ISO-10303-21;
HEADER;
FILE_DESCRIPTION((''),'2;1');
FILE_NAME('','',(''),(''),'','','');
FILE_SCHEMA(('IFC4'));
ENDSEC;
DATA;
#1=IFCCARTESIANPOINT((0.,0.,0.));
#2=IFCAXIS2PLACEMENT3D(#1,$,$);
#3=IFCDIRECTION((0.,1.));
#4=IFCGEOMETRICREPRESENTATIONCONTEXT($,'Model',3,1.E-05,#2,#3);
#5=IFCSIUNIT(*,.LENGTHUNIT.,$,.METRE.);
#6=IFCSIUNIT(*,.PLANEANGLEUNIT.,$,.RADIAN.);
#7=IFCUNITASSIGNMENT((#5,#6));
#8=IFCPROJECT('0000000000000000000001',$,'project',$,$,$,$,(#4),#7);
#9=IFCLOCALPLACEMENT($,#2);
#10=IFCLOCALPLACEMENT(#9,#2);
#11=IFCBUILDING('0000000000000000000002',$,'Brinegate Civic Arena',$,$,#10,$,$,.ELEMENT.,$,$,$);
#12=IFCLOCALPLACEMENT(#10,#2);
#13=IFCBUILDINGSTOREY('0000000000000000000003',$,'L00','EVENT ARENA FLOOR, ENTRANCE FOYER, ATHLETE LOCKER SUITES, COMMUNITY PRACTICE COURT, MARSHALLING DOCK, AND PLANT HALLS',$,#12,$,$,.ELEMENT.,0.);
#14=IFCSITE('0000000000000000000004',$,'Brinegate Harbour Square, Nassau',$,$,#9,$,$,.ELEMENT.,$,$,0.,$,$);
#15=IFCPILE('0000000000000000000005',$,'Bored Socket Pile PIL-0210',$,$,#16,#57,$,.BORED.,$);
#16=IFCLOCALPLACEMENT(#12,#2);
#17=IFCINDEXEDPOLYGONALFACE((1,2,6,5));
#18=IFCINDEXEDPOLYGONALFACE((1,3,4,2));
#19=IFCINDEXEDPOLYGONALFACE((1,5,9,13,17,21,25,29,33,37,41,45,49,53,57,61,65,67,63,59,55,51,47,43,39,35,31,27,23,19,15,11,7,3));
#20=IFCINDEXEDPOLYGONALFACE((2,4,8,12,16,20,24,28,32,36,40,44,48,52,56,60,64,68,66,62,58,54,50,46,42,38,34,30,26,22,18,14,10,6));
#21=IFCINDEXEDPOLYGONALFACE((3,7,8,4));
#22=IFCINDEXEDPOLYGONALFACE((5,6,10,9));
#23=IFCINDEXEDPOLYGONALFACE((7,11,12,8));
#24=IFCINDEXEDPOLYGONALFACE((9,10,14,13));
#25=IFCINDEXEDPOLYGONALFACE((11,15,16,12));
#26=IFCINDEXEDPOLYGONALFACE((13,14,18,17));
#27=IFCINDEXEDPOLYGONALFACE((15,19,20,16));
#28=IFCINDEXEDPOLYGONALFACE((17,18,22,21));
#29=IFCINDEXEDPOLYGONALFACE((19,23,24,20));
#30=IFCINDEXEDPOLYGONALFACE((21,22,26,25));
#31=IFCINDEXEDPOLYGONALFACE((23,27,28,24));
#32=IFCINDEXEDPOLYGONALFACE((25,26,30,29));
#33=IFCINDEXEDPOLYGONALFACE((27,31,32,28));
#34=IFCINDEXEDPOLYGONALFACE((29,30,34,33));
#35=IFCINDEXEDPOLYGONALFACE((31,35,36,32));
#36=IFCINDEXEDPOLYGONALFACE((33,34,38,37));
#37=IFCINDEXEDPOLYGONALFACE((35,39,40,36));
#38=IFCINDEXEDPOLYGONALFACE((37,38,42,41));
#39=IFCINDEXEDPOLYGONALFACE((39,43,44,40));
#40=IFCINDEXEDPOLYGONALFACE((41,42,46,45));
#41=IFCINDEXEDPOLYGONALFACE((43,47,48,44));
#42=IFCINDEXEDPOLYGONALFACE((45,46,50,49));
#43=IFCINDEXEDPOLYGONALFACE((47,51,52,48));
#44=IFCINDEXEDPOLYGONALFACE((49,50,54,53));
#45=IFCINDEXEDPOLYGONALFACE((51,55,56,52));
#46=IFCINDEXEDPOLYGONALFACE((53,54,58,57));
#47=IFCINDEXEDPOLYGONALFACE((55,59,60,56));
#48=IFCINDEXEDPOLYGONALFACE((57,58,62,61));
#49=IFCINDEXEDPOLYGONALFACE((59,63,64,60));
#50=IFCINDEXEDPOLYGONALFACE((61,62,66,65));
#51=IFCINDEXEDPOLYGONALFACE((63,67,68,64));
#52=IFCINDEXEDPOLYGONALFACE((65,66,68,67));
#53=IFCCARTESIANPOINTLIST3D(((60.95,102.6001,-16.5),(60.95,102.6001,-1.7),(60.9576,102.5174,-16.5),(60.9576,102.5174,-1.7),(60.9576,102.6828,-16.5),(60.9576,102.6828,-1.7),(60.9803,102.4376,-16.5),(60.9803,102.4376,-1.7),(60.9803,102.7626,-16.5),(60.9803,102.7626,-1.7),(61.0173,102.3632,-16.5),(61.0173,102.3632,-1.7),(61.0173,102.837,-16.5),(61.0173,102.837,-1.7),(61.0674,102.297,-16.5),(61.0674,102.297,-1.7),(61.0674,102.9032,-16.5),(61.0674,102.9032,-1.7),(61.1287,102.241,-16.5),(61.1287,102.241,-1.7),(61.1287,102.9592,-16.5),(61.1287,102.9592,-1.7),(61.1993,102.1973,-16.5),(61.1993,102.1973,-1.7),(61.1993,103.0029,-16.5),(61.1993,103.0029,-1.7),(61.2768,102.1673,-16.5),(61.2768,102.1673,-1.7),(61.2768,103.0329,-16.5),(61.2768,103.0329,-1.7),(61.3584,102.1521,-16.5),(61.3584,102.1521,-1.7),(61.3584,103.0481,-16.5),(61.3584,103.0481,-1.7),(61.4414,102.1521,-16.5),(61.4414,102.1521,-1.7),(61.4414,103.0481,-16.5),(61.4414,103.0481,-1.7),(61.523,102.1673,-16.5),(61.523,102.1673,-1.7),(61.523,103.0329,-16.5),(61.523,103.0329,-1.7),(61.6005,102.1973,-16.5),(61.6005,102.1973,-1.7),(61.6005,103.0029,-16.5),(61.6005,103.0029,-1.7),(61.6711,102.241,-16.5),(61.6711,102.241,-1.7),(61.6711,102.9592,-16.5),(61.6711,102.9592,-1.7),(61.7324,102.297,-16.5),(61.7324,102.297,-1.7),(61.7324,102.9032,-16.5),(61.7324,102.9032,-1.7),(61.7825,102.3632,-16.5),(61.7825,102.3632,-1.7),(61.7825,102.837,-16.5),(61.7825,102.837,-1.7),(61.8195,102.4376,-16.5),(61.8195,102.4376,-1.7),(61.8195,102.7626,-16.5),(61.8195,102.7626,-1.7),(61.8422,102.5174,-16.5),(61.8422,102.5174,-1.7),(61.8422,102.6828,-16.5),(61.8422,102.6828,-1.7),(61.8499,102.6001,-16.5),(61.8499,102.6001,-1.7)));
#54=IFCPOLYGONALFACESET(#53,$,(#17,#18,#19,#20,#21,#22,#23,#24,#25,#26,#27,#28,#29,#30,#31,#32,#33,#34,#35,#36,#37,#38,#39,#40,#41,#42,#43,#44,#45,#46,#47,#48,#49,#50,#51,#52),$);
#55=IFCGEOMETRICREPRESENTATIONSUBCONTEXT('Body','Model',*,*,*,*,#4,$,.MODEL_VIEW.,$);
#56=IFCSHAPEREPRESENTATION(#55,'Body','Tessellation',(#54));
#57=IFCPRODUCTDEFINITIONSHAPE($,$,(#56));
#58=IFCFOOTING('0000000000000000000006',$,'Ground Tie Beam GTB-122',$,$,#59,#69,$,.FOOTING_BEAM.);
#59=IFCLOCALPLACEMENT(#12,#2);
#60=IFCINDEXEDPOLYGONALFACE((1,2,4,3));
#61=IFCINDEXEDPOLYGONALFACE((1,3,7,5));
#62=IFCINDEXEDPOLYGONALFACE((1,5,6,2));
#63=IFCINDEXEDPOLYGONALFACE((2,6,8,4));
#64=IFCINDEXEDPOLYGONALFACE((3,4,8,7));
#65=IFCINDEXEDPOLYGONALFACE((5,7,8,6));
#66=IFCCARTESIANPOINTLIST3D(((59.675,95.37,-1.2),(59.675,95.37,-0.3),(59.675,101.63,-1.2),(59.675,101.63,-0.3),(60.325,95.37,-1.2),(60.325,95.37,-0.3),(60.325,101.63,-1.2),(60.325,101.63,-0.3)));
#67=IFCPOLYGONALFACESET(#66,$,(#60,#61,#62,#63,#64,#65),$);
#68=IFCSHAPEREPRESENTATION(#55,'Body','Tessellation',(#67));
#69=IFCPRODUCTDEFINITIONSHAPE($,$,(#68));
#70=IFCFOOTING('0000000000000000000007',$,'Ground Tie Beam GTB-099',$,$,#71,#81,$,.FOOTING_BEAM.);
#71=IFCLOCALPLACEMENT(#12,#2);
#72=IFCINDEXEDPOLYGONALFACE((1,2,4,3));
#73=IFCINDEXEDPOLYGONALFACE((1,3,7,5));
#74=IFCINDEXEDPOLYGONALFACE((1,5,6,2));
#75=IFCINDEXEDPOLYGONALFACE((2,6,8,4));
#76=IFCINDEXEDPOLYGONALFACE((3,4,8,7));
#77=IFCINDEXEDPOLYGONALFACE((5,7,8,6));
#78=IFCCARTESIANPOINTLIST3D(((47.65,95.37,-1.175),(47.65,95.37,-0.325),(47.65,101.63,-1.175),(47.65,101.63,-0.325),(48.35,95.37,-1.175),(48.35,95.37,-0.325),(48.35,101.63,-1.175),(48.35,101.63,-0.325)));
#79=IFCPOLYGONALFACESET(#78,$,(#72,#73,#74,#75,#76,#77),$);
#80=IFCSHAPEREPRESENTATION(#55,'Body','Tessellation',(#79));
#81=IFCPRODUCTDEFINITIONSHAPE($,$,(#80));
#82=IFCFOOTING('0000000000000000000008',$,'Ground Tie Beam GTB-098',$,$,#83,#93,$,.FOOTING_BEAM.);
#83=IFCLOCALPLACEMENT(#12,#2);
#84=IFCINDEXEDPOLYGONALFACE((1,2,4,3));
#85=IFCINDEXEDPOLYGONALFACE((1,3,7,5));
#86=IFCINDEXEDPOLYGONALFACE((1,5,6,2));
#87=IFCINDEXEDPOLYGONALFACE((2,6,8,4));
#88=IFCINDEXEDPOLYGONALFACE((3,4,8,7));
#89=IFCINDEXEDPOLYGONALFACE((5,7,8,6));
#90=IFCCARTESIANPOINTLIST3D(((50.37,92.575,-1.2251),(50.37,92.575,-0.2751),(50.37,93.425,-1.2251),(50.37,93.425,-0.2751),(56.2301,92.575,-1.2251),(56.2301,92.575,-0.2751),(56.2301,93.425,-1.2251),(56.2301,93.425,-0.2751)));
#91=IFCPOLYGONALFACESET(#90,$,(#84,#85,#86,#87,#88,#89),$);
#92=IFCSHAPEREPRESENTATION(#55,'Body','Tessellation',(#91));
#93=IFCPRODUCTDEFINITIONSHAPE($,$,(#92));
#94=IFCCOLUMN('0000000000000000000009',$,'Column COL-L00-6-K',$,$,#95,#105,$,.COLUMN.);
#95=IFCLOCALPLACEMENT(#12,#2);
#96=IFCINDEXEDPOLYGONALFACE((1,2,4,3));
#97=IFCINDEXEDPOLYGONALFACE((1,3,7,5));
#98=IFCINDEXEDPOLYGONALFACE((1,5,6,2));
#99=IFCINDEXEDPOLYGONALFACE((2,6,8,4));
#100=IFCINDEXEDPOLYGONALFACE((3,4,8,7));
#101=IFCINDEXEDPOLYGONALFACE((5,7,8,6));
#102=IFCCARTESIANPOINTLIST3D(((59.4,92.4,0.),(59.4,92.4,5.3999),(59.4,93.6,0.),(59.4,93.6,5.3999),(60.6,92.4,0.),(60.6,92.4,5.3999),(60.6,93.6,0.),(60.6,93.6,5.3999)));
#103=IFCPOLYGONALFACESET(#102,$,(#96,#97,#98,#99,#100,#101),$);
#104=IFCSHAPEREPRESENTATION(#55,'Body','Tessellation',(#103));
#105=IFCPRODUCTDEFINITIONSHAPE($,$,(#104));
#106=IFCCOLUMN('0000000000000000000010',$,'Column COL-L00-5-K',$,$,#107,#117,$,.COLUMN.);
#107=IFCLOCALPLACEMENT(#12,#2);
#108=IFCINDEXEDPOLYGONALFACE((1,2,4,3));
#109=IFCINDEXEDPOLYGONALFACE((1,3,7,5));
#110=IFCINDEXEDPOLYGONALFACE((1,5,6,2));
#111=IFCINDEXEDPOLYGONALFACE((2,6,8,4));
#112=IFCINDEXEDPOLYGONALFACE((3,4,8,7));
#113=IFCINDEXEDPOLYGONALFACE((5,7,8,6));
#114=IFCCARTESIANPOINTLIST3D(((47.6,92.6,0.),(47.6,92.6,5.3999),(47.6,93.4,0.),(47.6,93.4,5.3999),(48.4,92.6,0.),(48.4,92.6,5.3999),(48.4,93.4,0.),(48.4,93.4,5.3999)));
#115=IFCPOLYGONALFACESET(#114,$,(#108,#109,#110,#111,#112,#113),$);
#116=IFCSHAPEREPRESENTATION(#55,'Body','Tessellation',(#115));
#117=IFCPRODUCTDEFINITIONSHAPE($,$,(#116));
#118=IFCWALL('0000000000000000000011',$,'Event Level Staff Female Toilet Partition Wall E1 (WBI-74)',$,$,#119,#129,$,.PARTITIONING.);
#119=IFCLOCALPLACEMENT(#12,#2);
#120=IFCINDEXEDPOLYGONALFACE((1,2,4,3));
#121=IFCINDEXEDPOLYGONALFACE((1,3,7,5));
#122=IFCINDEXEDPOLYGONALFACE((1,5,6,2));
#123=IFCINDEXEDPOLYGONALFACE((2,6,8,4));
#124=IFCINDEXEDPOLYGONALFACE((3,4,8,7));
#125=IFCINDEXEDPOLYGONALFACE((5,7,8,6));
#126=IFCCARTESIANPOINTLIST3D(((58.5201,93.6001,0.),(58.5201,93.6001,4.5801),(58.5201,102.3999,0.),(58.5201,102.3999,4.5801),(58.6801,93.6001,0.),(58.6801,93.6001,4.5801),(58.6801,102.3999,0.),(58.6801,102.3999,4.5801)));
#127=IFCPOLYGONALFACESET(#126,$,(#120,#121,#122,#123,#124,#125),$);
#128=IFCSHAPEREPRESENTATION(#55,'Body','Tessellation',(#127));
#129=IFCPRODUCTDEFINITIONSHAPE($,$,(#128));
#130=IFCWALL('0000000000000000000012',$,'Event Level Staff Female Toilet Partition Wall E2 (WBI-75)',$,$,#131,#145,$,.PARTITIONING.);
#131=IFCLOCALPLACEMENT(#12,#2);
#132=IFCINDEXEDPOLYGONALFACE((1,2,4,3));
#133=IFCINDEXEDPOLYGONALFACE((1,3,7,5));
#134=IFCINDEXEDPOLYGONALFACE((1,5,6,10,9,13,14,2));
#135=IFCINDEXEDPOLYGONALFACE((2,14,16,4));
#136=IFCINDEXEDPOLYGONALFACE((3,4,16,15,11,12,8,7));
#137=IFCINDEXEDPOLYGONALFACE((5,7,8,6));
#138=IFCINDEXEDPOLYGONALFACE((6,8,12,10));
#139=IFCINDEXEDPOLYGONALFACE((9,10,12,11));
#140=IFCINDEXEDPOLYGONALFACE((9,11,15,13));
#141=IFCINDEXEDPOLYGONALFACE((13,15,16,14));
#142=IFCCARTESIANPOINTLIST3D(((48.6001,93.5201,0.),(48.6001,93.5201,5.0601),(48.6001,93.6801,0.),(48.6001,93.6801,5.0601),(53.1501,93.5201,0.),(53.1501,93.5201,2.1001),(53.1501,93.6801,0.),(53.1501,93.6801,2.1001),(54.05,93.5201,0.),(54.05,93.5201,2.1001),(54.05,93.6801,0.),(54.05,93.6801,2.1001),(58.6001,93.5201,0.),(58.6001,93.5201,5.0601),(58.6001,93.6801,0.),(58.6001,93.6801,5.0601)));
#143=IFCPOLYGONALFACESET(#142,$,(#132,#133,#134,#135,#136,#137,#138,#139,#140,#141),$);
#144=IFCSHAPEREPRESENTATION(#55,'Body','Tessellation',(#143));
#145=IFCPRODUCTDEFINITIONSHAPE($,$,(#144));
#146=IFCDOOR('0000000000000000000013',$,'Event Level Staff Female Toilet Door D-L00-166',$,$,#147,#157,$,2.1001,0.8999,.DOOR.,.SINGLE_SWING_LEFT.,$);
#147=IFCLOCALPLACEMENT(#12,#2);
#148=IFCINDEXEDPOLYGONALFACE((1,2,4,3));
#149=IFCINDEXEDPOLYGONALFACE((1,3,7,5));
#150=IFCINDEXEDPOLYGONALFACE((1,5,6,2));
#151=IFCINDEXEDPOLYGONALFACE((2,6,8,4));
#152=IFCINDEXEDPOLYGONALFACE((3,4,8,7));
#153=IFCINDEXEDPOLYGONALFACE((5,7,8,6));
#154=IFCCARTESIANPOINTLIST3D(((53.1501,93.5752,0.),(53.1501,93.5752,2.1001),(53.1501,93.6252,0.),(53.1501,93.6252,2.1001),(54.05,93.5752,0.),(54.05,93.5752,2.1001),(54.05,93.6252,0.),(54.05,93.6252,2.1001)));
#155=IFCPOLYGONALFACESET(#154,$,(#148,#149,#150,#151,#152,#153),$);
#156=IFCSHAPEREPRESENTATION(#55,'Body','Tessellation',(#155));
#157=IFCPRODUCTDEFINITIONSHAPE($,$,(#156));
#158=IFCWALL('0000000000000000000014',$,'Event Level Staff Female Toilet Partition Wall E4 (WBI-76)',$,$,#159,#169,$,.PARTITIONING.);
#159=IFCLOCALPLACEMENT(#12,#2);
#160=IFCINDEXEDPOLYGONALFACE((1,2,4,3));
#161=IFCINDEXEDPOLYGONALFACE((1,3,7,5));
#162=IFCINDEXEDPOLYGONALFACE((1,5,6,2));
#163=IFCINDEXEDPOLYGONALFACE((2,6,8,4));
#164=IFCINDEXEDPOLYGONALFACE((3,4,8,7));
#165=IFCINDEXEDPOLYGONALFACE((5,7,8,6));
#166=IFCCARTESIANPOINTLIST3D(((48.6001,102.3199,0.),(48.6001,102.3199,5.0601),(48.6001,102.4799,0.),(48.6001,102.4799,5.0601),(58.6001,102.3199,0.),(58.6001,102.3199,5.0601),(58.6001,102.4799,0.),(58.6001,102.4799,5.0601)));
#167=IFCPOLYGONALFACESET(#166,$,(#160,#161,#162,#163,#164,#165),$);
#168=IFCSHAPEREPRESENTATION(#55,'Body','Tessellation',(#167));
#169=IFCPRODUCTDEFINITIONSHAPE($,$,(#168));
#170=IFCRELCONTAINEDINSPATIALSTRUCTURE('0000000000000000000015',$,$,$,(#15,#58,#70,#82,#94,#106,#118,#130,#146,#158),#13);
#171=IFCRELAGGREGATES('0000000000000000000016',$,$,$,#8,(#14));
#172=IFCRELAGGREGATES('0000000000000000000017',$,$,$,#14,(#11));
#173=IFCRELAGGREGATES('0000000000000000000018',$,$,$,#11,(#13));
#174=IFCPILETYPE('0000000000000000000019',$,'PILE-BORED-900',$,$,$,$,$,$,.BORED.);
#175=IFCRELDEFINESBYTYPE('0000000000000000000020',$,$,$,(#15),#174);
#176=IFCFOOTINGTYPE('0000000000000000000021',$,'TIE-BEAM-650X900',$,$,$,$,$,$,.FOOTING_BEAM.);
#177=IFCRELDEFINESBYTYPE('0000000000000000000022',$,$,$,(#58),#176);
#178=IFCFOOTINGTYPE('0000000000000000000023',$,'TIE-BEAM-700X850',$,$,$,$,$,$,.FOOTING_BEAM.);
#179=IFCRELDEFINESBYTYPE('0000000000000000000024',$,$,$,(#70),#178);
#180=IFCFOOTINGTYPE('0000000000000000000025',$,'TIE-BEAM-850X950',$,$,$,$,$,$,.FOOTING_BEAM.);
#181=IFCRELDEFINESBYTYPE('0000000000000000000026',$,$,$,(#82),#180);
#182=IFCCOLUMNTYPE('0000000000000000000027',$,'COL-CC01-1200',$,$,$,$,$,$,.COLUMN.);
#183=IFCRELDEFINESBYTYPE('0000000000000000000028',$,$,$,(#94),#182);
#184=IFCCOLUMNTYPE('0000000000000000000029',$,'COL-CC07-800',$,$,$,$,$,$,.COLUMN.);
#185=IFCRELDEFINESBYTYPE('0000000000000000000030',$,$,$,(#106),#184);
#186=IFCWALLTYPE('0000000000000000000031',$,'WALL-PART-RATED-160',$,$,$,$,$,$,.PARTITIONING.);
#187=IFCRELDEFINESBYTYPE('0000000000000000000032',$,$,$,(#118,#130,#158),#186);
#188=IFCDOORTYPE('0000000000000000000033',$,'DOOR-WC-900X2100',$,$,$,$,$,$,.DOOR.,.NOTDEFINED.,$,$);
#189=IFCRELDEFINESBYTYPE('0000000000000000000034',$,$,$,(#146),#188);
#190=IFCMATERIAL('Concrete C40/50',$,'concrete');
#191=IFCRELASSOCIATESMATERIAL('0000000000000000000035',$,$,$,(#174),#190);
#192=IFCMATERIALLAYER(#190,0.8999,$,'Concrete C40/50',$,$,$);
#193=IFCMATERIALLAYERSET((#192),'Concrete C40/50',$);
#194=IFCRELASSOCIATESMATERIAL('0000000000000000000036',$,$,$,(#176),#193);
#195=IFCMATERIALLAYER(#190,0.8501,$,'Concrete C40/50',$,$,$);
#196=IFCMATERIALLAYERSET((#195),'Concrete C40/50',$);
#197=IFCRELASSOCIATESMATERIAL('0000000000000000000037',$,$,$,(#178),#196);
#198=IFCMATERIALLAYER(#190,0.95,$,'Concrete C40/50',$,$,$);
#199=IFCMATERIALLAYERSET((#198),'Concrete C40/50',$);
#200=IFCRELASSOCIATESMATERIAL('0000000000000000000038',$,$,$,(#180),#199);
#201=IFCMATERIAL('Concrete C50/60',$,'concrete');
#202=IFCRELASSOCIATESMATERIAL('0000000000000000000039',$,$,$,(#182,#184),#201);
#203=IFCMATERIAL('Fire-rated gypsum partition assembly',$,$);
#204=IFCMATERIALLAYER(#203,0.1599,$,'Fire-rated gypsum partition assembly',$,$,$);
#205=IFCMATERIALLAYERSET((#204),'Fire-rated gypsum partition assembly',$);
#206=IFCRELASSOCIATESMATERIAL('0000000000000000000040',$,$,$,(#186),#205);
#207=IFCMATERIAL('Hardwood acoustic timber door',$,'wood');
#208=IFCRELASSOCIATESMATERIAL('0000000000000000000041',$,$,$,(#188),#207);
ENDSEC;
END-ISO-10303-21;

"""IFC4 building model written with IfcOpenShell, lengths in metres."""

from ifc_helpers import new_model, si_unit, direction, frame, frame_2d, origin, origin_2d, place, context, subcontext, project, spatial, rectangle, circle, extrude, material, layer, layer_set, material_profile, profile_set, type_object, element, fill, save


model = new_model("IFC4")

# Units and contexts
model_context = context("Model", 3, precision=1e-05, world=origin(), true_north=direction((0.0, 1.0)))
body_context = subcontext(model_context, "Body", "Model", "MODEL_VIEW")
ifc_project = project(units=[si_unit("LENGTHUNIT", "METRE"), si_unit("PLANEANGLEUNIT", "RADIAN")], contexts=[model_context])

# Site, building, storey
site_placement = place(None, origin())
site = spatial("IfcSite", under=ifc_project, at=site_placement, Name="Brinegate Harbour Square, Nassau", CompositionType="ELEMENT", RefElevation=0.0)
building_placement = place(site_placement, origin())
building = spatial("IfcBuilding", under=site, at=building_placement, Name="Brinegate Civic Arena", CompositionType="ELEMENT")
storey_placement = place(building_placement, origin())
storey = spatial("IfcBuildingStorey", under=building, at=storey_placement, Name="L00", Description="EVENT ARENA FLOOR, ENTRANCE FOYER, ATHLETE LOCKER SUITES, COMMUNITY PRACTICE COURT, MARSHALLING DOCK, AND PLANT HALLS", CompositionType="ELEMENT", Elevation=0.0)

# Shared definitions
ifc_material_1 = material(Name="Concrete C40/50", Category="concrete")

# Pile
ifc_material_profile_1 = material_profile(ifc_material_1, circle(Radius=0.45, at=origin_2d()), Name="PILED900")
ifc_profile_set_1 = profile_set([ifc_material_profile_1], Name="Concrete C40/50")
pile_type_1 = type_object("IfcPileType", Name="PILE-BORED-900", PredefinedType="BORED", material=ifc_profile_set_1)
for number, where, z_axis, x_axis, name in (
    (1, (61.3999, 102.6001, -1.7), (0.0, 0.0, -1.0), (1.0, 0.0, 0.0), "Bored Socket Pile PIL-0210"),
):
    element("IfcPile", number, at=place(storey_placement, frame(where, z_axis=z_axis, x_axis=x_axis)), inside=storey, type_object=pile_type_1, Name=name, PredefinedType="BORED", context=body_context, shape_type="SweptSolid", body=[
        extrude(circle(Radius=0.45, at=origin_2d()), origin(), (0.0, 0.0, 1.0), 14.8),
    ])

# Footings
ifc_layer_1 = layer(ifc_material_1, 0.8999, Name="Concrete C40/50")
ifc_layer_set_1 = layer_set([ifc_layer_1], Name="Concrete C40/50")
footing_type_1 = type_object("IfcFootingType", Name="TIE-BEAM-650X900", PredefinedType="FOOTING_BEAM", material=ifc_layer_set_1)
footing_1_placement = place(storey_placement, frame((60.0, 98.5, -1.2), z_axis=(0.0, 0.0, 1.0), x_axis=(0.0, 1.0, 0.0)))
element("IfcFooting", 2, at=footing_1_placement, inside=storey, type_object=footing_type_1, Name="Ground Tie Beam GTB-122", PredefinedType="FOOTING_BEAM", context=body_context, shape_type="SweptSolid", body=[
    extrude(rectangle(XDim=6.26, YDim=0.6499, at=origin_2d()), origin(), (0.0, 0.0, 1.0), 0.8999),
])
ifc_layer_2 = layer(ifc_material_1, 0.8501, Name="Concrete C40/50")
ifc_layer_set_2 = layer_set([ifc_layer_2], Name="Concrete C40/50")
footing_type_2 = type_object("IfcFootingType", Name="TIE-BEAM-700X850", PredefinedType="FOOTING_BEAM", material=ifc_layer_set_2)
footing_2_placement = place(storey_placement, frame((48.0, 98.5, -1.175), z_axis=(0.0, 0.0, 1.0), x_axis=(0.0, 1.0, 0.0)))
element("IfcFooting", 3, at=footing_2_placement, inside=storey, type_object=footing_type_2, Name="Ground Tie Beam GTB-099", PredefinedType="FOOTING_BEAM", context=body_context, shape_type="SweptSolid", body=[
    extrude(rectangle(XDim=6.26, YDim=0.7, at=origin_2d()), origin(), (0.0, 0.0, 1.0), 0.8501),
])
ifc_layer_3 = layer(ifc_material_1, 0.95, Name="Concrete C40/50")
ifc_layer_set_3 = layer_set([ifc_layer_3], Name="Concrete C40/50")
footing_type_3 = type_object("IfcFootingType", Name="TIE-BEAM-850X950", PredefinedType="FOOTING_BEAM", material=ifc_layer_set_3)
footing_3_placement = place(storey_placement, frame((53.3, 93.0, -1.2251), z_axis=(0.0, 0.0, 1.0), x_axis=(1.0, 0.0, 0.0)))
element("IfcFooting", 4, at=footing_3_placement, inside=storey, type_object=footing_type_3, Name="Ground Tie Beam GTB-098", PredefinedType="FOOTING_BEAM", context=body_context, shape_type="SweptSolid", body=[
    extrude(rectangle(XDim=5.8601, YDim=0.8501, at=origin_2d()), origin(), (0.0, 0.0, 1.0), 0.95),
])

# Columns
ifc_material_2 = material(Name="Concrete C50/60", Category="concrete")
ifc_material_profile_2 = material_profile(ifc_material_2, rectangle(XDim=1.2, YDim=1.2, at=origin_2d()), Name="RC1200X1200")
ifc_profile_set_2 = profile_set([ifc_material_profile_2], Name="Concrete C50/60")
column_type_1 = type_object("IfcColumnType", Name="COL-CC01-1200", PredefinedType="COLUMN", material=ifc_profile_set_2)
column_1_placement = place(storey_placement, frame((60.0, 93.0, 0.0), z_axis=(0.0, 0.0, 1.0), x_axis=(1.0, 0.0, 0.0)))
element("IfcColumn", 5, at=column_1_placement, inside=storey, type_object=column_type_1, Name="Column COL-L00-6-K", PredefinedType="COLUMN", context=body_context, shape_type="SweptSolid", body=[
    extrude(rectangle(XDim=1.2, YDim=1.2, at=origin_2d()), origin(), (0.0, 0.0, 1.0), 5.3999),
])
ifc_material_profile_3 = material_profile(ifc_material_2, rectangle(XDim=0.8, YDim=0.8, at=origin_2d()), Name="RC800X800")
ifc_profile_set_3 = profile_set([ifc_material_profile_3], Name="Concrete C50/60")
column_type_2 = type_object("IfcColumnType", Name="COL-CC07-800", PredefinedType="COLUMN", material=ifc_profile_set_3)
column_2_placement = place(storey_placement, frame((48.0, 93.0, 0.0), z_axis=(0.0, 0.0, 1.0), x_axis=(1.0, 0.0, 0.0)))
element("IfcColumn", 6, at=column_2_placement, inside=storey, type_object=column_type_2, Name="Column COL-L00-5-K", PredefinedType="COLUMN", context=body_context, shape_type="SweptSolid", body=[
    extrude(rectangle(XDim=0.8, YDim=0.8, at=origin_2d()), origin(), (0.0, 0.0, 1.0), 5.3999),
])

# Wall
ifc_material_3 = material(Name="Fire-rated gypsum partition assembly")
ifc_layer_4 = layer(ifc_material_3, 0.1599, Name="Fire-rated gypsum partition assembly")
ifc_layer_set_4 = layer_set([ifc_layer_4], Name="Fire-rated gypsum partition assembly")
wall_type_1 = type_object("IfcWallType", Name="WALL-PART-RATED-160", PredefinedType="PARTITIONING", material=ifc_layer_set_4)
wall_1_placement = place(storey_placement, frame((58.6001, 102.3999, 0.0), z_axis=(0.0, 0.0, 1.0), x_axis=(0.0, -1.0, 0.0)))
element("IfcWall", 7, at=wall_1_placement, inside=storey, type_object=wall_type_1, Name="Event Level Staff Female Toilet Partition Wall E1 (WBI-74)", PredefinedType="PARTITIONING", context=body_context, shape_type="SweptSolid", body=[
    extrude(rectangle(XDim=8.7998, YDim=0.1599, at=frame_2d((4.3999, 0.0))), origin(), (0.0, 0.0, 1.0), 4.5801),
])

# Wall, opening, door
wall_2_placement = place(storey_placement, frame((58.6001, 93.6001, 0.0), z_axis=(0.0, 0.0, 1.0), x_axis=(-1.0, 0.0, 0.0)))
wall_2 = element("IfcWall", 8, at=wall_2_placement, inside=storey, type_object=wall_type_1, Name="Event Level Staff Female Toilet Partition Wall E2 (WBI-75)", PredefinedType="PARTITIONING", context=body_context, shape_type="SweptSolid", body=[
    extrude(rectangle(XDim=10.0, YDim=0.1599, at=frame_2d((5.0, 0.0))), origin(), (0.0, 0.0, 1.0), 5.0601),
])
opening_1_placement = place(wall_2_placement, frame((4.55, 0.0, 0.0)))
opening_1 = element("IfcOpeningElement", 9, at=opening_1_placement, cuts=wall_2, PredefinedType="OPENING", context=body_context, shape_type="SweptSolid", body=[
    extrude(rectangle(XDim=0.8999, YDim=2.1001, at=frame_2d((0.45, 1.05))), frame((0.0, 0.0898, 0.0), z_axis=(0.0, -1.0, 0.0), x_axis=(1.0, 0.0, 0.0)), (0.0, 0.0, 1.0), 0.1799),
])
ifc_material_4 = material(Name="Hardwood acoustic timber door", Category="wood")
door_type_1 = type_object("IfcDoorType", Name="DOOR-WC-900X2100", OperationType="NOTDEFINED", PredefinedType="DOOR", material=ifc_material_4)
door_1_placement = place(opening_1_placement, origin())
door_1 = element("IfcDoor", 10, at=door_1_placement, inside=storey, type_object=door_type_1, Name="Event Level Staff Female Toilet Door D-L00-166", OperationType="SINGLE_SWING_LEFT", OverallHeight=2.1001, OverallWidth=0.8999, PredefinedType="DOOR", context=body_context, shape_type="SweptSolid", body=[
    extrude(rectangle(XDim=0.8999, YDim=2.1001, at=frame_2d((0.45, 1.05))), frame((0.0, 0.0249, 0.0), z_axis=(0.0, -1.0, 0.0), x_axis=(1.0, 0.0, 0.0)), (0.0, 0.0, 1.0), 0.05),
])
fill(opening_1, door_1)

# Wall
wall_3_placement = place(storey_placement, frame((48.6001, 102.3999, 0.0), z_axis=(0.0, 0.0, 1.0), x_axis=(1.0, 0.0, 0.0)))
element("IfcWall", 11, at=wall_3_placement, inside=storey, type_object=wall_type_1, Name="Event Level Staff Female Toilet Partition Wall E4 (WBI-76)", PredefinedType="PARTITIONING", context=body_context, shape_type="SweptSolid", body=[
    extrude(rectangle(XDim=10.0, YDim=0.1599, at=frame_2d((5.0, 0.0))), origin(), (0.0, 0.0, 1.0), 5.0601),
])

save(model, "model.ifc")
